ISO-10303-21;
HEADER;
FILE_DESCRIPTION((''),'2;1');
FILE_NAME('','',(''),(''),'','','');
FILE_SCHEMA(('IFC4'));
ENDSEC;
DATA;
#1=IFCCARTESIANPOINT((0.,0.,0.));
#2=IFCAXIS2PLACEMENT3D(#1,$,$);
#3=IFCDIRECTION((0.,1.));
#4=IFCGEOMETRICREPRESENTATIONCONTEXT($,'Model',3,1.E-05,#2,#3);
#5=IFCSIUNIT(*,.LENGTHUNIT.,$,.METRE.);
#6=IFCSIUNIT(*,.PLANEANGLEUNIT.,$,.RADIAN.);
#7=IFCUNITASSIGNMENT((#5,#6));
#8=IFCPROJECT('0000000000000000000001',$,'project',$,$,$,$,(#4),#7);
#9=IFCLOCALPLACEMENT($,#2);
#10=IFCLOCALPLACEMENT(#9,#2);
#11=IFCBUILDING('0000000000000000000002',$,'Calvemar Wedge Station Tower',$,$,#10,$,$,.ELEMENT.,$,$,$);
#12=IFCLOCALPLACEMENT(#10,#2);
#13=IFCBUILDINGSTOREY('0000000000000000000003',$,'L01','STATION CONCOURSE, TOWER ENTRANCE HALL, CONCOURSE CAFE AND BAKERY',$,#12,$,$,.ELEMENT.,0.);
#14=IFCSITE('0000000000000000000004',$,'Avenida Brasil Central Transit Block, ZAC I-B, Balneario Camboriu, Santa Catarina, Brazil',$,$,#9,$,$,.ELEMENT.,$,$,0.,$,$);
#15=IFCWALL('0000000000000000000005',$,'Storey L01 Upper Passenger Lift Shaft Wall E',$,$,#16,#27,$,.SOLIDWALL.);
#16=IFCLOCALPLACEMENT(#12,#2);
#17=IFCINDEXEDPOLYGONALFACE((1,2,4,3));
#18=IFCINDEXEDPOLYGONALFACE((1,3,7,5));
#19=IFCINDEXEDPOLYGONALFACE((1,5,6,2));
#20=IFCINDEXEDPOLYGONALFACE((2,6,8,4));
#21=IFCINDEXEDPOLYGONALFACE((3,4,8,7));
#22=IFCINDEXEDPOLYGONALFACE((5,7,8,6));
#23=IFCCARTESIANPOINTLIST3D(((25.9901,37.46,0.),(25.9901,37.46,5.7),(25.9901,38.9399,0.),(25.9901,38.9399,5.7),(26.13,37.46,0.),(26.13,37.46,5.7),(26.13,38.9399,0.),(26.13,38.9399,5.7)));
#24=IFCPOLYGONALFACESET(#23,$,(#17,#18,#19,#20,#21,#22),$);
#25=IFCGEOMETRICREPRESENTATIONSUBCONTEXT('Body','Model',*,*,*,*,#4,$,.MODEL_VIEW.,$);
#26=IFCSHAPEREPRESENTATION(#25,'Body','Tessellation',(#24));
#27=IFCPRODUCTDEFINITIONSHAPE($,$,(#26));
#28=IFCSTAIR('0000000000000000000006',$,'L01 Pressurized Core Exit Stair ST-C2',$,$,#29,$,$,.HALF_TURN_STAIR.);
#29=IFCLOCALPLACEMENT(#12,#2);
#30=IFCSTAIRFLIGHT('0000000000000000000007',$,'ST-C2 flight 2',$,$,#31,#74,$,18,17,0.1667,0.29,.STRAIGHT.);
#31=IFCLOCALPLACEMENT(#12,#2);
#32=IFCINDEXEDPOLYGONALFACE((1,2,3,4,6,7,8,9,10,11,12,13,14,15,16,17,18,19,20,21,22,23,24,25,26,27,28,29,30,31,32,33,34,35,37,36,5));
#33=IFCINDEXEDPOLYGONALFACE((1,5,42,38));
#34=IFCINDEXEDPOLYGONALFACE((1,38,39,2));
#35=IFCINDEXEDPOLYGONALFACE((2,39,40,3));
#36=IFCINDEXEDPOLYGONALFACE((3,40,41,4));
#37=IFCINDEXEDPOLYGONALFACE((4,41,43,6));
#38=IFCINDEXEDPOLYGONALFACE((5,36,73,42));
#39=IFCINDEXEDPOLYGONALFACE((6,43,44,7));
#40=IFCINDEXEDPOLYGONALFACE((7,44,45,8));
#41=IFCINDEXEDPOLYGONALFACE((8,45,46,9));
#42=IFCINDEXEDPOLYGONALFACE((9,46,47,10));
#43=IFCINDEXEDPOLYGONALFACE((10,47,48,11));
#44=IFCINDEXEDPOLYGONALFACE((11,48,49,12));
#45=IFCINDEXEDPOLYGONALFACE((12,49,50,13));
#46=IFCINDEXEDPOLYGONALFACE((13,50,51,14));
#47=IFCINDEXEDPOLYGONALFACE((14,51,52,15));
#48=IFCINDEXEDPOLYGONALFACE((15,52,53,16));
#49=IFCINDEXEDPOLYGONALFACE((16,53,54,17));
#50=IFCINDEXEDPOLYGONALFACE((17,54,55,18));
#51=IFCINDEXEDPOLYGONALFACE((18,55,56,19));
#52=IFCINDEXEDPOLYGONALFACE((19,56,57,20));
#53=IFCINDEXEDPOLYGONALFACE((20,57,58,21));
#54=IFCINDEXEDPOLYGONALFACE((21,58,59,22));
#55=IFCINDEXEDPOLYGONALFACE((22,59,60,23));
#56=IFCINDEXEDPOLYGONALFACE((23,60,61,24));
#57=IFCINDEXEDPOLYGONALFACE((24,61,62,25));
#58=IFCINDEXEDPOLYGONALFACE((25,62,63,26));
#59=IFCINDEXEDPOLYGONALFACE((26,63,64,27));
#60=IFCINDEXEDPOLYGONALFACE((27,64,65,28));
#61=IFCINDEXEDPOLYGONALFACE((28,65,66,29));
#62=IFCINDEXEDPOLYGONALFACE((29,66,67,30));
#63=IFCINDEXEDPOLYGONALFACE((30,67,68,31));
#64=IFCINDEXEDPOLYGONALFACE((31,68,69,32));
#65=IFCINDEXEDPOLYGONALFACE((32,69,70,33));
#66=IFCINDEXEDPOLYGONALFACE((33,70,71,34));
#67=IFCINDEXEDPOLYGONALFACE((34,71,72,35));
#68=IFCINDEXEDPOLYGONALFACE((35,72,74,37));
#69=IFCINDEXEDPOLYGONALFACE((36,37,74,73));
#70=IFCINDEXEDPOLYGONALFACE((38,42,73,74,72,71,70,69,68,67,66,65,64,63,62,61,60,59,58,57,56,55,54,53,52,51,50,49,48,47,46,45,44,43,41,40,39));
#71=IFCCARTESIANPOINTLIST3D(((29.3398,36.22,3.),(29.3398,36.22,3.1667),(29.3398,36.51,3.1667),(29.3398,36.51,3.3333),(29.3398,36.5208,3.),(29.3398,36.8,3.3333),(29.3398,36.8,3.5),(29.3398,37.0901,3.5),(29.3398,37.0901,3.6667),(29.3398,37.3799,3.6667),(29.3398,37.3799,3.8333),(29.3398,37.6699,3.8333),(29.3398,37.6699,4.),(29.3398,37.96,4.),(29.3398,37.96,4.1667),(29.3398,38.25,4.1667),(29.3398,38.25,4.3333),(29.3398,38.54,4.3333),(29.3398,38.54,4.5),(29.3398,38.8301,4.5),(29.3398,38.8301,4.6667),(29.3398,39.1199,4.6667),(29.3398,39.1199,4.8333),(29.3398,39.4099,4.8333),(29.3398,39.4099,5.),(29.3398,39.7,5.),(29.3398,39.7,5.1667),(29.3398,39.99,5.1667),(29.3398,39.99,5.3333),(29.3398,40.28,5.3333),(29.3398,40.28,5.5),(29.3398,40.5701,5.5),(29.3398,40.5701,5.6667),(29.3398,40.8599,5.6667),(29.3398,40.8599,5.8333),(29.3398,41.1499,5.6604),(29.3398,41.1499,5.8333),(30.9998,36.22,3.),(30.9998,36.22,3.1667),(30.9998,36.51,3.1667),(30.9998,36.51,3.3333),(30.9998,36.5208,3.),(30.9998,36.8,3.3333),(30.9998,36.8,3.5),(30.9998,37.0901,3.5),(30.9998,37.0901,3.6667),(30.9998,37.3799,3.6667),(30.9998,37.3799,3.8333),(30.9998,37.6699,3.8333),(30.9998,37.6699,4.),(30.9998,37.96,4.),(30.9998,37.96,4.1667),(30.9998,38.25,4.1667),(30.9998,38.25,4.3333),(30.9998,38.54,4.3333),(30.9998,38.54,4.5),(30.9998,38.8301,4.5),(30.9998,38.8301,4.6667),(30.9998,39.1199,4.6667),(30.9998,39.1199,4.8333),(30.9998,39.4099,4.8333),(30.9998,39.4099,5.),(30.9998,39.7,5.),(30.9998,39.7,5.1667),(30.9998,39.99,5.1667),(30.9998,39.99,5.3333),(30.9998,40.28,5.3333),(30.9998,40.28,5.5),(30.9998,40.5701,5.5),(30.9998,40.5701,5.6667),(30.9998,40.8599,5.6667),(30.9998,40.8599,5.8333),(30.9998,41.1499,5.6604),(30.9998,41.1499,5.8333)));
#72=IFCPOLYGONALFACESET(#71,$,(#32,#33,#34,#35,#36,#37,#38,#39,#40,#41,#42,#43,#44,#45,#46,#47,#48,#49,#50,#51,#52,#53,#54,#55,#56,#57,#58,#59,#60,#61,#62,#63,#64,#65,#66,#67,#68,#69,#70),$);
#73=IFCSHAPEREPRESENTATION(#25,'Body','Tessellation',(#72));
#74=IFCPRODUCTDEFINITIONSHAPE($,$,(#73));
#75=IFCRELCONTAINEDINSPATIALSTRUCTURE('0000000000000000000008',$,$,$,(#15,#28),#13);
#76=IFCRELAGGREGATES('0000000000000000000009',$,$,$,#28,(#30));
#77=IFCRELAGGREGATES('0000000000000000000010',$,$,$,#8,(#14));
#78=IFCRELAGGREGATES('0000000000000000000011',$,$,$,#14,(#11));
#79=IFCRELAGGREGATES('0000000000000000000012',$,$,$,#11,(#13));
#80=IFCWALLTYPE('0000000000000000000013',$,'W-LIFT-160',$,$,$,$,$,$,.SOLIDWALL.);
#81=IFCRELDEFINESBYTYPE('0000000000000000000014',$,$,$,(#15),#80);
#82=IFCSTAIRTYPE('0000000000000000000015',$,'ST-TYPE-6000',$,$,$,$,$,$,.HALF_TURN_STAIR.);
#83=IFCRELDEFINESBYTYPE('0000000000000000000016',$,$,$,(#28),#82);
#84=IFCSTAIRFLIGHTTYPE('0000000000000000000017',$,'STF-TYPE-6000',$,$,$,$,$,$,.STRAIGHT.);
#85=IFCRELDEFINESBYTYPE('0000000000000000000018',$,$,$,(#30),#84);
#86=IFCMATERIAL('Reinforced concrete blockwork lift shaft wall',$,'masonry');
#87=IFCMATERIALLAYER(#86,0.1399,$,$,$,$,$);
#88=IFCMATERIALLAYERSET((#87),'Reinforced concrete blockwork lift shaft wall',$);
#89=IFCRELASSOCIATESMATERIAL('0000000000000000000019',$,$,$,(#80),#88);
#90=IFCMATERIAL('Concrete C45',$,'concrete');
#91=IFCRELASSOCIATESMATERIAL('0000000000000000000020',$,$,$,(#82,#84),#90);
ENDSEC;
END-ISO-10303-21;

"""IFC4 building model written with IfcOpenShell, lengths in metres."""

from ifc_helpers import new_model, si_unit, direction, frame, frame_2d, origin, place, context, subcontext, project, spatial, polyline, rectangle, outline, extrude, material, layer, layer_set, type_object, element, aggregate, save


model = new_model("IFC4")

# Units and contexts
model_context = context("Model", 3, precision=1e-05, world=origin(), true_north=direction((0.0, 1.0)))
body_context = subcontext(model_context, "Body", "Model", "MODEL_VIEW")
ifc_project = project(units=[si_unit("LENGTHUNIT", "METRE"), si_unit("PLANEANGLEUNIT", "RADIAN")], contexts=[model_context])

# Site, building, storey
site_placement = place(None, origin())
site = spatial("IfcSite", under=ifc_project, at=site_placement, Name="Avenida Brasil Central Transit Block, ZAC I-B, Balneario Camboriu, Santa Catarina, Brazil", CompositionType="ELEMENT", RefElevation=0.0)
building_placement = place(site_placement, origin())
building = spatial("IfcBuilding", under=site, at=building_placement, Name="Calvemar Wedge Station Tower", CompositionType="ELEMENT")
storey_placement = place(building_placement, origin())
storey = spatial("IfcBuildingStorey", under=building, at=storey_placement, Name="L01", Description="STATION CONCOURSE, TOWER ENTRANCE HALL, CONCOURSE CAFE AND BAKERY", CompositionType="ELEMENT", Elevation=0.0)

# Wall
ifc_material_1 = material(Name="Reinforced concrete blockwork lift shaft wall", Category="masonry")
ifc_layer_1 = layer(ifc_material_1, 0.1399)
ifc_layer_set_1 = layer_set([ifc_layer_1], Name="Reinforced concrete blockwork lift shaft wall")
wall_type_1 = type_object("IfcWallType", Name="W-LIFT-160", PredefinedType="SOLIDWALL", material=ifc_layer_set_1)
wall_1_placement = place(storey_placement, frame((26.0601, 37.46, 0.0), z_axis=(0.0, 0.0, 1.0), x_axis=(0.0, 1.0, 0.0)))
element("IfcWall", 1, at=wall_1_placement, inside=storey, type_object=wall_type_1, Name="Storey L01 Upper Passenger Lift Shaft Wall E", PredefinedType="SOLIDWALL", context=body_context, shape_type="SweptSolid", body=[
    extrude(rectangle(XDim=1.48, YDim=0.1399, at=frame_2d((0.74, 0.0))), origin(), (0.0, 0.0, 1.0), 5.7),
])

# Stair, stair flight
ifc_material_2 = material(Name="Concrete C45", Category="concrete")
stair_type = type_object("IfcStairType", Name="ST-TYPE-6000", PredefinedType="HALF_TURN_STAIR", material=ifc_material_2)
stair_placement = place(storey_placement, origin())
stair = element("IfcStair", 2, at=stair_placement, inside=storey, type_object=stair_type, Name="L01 Pressurized Core Exit Stair ST-C2", PredefinedType="HALF_TURN_STAIR")
stair_flight_type = type_object("IfcStairFlightType", Name="STF-TYPE-6000", PredefinedType="STRAIGHT", material=ifc_material_2)
stair_flight_placement = place(storey_placement, frame((30.1699, 36.22, 3.0), z_axis=(0.0, 0.0, 1.0), x_axis=(0.0, 1.0, 0.0)))
stair_flight = element("IfcStairFlight", 3, at=stair_flight_placement, type_object=stair_flight_type, Name="ST-C2 flight 2", NumberOfRisers=18, NumberOfTreads=17, PredefinedType="STRAIGHT", RiserHeight=0.1667, TreadLength=0.29, context=body_context, shape_type="SweptSolid", body=[
    extrude(outline(polyline([(0.0, 0.0), (0.0, 0.1667), (0.29, 0.1667), (0.29, 0.3333), (0.5801, 0.3333), (0.5801, 0.5), (0.8701, 0.5), (0.8701, 0.6667), (1.1599, 0.6667), (1.1599, 0.8333), (1.45, 0.8333), (1.45, 1.0), (1.74, 1.0), (1.74, 1.1667), (2.03, 1.1667), (2.03, 1.3333), (2.3201, 1.3333), (2.3201, 1.5), (2.6101, 1.5), (2.6101, 1.6667), (2.8999, 1.6667), (2.8999, 1.8333), (3.1899, 1.8333), (3.1899, 2.0), (3.48, 2.0), (3.48, 2.1667), (3.77, 2.1667), (3.77, 2.3333), (4.0601, 2.3333), (4.0601, 2.5), (4.3501, 2.5), (4.3501, 2.6667), (4.6399, 2.6667), (4.6399, 2.8333), (4.9299, 2.8333), (4.9299, 3.0), (4.9299, 2.6604), (0.3008, 0.0), (0.0, 0.0)])), frame((0.0, 0.8301, 0.0), z_axis=(0.0, -1.0, 0.0), x_axis=(1.0, 0.0, 0.0)), (0.0, 0.0, 1.0), 1.6599),
])
aggregate(stair, [stair_flight])

save(model, "model.ifc")
